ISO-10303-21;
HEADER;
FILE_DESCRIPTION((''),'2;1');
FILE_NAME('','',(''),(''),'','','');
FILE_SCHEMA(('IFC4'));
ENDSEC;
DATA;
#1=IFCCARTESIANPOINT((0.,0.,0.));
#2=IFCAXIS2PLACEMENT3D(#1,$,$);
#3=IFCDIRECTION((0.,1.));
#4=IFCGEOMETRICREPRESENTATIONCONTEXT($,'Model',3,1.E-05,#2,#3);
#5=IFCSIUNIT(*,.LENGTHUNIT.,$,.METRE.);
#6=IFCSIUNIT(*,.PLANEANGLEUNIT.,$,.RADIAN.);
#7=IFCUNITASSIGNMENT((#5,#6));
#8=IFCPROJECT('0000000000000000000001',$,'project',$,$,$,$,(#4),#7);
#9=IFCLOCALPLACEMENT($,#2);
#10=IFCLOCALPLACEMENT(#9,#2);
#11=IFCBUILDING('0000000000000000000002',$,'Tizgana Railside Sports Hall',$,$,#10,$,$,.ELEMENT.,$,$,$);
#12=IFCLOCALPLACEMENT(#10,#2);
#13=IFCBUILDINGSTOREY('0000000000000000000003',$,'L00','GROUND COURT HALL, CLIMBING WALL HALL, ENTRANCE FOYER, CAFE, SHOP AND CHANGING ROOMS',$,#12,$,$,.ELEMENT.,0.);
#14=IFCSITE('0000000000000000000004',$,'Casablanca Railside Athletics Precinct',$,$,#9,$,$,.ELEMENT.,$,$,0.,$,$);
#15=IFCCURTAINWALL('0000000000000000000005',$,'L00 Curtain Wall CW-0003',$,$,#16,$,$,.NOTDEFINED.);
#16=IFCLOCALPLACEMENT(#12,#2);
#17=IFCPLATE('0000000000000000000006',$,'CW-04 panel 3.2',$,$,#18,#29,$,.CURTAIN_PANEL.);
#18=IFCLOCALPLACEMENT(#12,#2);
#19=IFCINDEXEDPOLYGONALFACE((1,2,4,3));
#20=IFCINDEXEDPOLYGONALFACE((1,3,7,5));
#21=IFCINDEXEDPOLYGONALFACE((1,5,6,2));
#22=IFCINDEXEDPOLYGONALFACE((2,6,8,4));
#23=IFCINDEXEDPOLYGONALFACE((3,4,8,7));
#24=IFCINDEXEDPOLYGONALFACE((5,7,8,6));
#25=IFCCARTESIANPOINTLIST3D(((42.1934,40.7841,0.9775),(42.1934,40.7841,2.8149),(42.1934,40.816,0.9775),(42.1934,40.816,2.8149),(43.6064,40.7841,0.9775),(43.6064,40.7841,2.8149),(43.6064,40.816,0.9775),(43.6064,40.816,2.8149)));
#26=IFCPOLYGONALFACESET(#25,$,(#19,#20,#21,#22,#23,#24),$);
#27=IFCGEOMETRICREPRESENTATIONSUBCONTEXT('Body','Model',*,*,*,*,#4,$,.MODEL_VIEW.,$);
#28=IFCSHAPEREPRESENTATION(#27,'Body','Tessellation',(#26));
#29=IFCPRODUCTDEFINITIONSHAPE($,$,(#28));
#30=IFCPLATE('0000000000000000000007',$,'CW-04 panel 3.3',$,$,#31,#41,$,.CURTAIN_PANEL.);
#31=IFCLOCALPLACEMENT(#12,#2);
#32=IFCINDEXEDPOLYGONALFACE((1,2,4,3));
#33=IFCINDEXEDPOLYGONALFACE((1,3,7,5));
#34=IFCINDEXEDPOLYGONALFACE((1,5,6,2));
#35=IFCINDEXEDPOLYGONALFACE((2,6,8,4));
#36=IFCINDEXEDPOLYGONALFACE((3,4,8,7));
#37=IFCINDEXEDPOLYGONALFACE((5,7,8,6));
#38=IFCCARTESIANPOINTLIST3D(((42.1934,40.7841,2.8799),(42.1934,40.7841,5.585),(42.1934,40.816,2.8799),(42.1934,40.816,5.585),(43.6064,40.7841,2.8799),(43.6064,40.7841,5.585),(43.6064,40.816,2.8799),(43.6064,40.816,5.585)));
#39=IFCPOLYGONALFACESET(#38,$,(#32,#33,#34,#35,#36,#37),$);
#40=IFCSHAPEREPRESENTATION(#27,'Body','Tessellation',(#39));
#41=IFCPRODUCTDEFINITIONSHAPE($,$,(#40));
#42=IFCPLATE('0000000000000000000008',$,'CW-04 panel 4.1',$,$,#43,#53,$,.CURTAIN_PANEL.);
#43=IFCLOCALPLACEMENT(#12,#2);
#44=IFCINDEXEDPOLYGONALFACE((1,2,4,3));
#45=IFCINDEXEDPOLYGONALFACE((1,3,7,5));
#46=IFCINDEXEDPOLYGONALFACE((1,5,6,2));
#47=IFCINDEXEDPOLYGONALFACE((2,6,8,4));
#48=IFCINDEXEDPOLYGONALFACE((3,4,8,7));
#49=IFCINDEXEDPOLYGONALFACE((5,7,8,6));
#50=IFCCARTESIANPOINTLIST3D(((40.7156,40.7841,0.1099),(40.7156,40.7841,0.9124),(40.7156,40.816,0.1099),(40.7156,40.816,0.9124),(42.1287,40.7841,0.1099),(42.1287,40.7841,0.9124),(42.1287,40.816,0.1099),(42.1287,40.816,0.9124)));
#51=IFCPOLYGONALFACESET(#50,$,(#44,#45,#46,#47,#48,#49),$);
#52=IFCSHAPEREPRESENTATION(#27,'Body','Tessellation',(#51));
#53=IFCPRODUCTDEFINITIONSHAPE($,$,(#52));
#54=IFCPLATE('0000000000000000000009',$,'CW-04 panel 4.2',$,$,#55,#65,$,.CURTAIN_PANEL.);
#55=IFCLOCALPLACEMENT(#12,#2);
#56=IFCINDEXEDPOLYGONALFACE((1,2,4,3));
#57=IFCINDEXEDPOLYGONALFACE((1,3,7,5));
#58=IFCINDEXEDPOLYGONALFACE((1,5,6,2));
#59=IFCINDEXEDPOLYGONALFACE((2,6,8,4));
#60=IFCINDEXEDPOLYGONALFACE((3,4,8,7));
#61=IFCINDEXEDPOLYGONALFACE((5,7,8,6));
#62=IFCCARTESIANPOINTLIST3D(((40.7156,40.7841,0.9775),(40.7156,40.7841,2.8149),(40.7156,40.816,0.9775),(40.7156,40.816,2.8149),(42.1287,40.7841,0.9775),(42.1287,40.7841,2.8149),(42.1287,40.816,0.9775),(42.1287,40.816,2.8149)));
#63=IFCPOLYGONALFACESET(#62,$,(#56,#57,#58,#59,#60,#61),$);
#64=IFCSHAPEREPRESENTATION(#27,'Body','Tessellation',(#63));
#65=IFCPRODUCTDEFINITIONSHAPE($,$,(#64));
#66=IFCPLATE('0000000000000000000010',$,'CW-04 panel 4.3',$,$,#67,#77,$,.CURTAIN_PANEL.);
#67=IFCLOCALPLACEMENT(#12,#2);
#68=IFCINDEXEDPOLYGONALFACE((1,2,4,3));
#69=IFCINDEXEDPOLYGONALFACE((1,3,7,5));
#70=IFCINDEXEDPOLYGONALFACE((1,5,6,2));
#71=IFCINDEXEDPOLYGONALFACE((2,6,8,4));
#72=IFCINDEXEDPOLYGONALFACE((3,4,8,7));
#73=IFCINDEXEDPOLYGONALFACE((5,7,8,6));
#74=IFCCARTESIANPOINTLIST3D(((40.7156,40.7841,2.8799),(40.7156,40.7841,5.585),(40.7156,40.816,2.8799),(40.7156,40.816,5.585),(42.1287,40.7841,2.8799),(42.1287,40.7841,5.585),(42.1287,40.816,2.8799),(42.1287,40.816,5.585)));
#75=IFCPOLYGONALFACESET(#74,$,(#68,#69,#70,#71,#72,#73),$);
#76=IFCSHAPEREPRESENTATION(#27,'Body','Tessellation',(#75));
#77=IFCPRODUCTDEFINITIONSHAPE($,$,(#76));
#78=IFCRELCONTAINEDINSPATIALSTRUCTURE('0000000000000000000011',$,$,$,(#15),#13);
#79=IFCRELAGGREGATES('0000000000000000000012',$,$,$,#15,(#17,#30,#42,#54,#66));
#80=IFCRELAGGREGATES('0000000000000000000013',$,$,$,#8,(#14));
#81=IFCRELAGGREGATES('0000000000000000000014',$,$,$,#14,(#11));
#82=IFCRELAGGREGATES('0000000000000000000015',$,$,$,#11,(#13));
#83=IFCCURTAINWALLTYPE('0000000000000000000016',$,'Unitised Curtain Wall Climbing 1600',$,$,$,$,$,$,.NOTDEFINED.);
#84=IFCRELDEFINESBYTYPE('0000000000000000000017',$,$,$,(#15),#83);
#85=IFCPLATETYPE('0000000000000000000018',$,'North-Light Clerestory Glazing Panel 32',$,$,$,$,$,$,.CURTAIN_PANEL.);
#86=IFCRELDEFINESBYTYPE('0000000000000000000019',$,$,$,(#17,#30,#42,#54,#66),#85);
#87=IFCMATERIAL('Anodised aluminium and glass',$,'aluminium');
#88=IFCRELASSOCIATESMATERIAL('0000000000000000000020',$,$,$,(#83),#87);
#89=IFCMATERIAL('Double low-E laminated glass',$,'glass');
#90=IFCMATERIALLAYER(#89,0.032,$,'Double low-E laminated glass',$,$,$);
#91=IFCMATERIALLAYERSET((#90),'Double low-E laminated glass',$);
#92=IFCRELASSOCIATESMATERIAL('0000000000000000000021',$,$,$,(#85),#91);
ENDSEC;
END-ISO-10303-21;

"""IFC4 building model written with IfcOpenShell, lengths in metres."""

from ifc_helpers import new_model, si_unit, direction, frame, origin, origin_2d, place, context, subcontext, project, spatial, rectangle, extrude, material, layer, layer_set, type_object, element, aggregate, save


model = new_model("IFC4")

# Units and contexts
model_context = context("Model", 3, precision=1e-05, world=origin(), true_north=direction((0.0, 1.0)))
body_context = subcontext(model_context, "Body", "Model", "MODEL_VIEW")
ifc_project = project(units=[si_unit("LENGTHUNIT", "METRE"), si_unit("PLANEANGLEUNIT", "RADIAN")], contexts=[model_context])

# Site, building, storey
site_placement = place(None, origin())
site = spatial("IfcSite", under=ifc_project, at=site_placement, Name="Casablanca Railside Athletics Precinct", CompositionType="ELEMENT", RefElevation=0.0)
building_placement = place(site_placement, origin())
building = spatial("IfcBuilding", under=site, at=building_placement, Name="Tizgana Railside Sports Hall", CompositionType="ELEMENT")
storey_placement = place(building_placement, origin())
storey = spatial("IfcBuildingStorey", under=building, at=storey_placement, Name="L00", Description="GROUND COURT HALL, CLIMBING WALL HALL, ENTRANCE FOYER, CAFE, SHOP AND CHANGING ROOMS", CompositionType="ELEMENT", Elevation=0.0)

# Curtain wall
ifc_material_1 = material(Name="Anodised aluminium and glass", Category="aluminium")
curtain_wall_type = type_object("IfcCurtainWallType", Name="Unitised Curtain Wall Climbing 1600", PredefinedType="NOTDEFINED", material=ifc_material_1)
curtain_wall_placement = place(storey_placement, origin())
curtain_wall = element("IfcCurtainWall", 1, at=curtain_wall_placement, inside=storey, type_object=curtain_wall_type, Name="L00 Curtain Wall CW-0003", PredefinedType="NOTDEFINED")

# Plates
ifc_material_2 = material(Name="Double low-E laminated glass", Category="glass")
ifc_layer = layer(ifc_material_2, 0.032, Name="Double low-E laminated glass")
ifc_layer_set = layer_set([ifc_layer], Name="Double low-E laminated glass")
plate_type = type_object("IfcPlateType", Name="North-Light Clerestory Glazing Panel 32", PredefinedType="CURTAIN_PANEL", material=ifc_layer_set)
plate_1_placement = place(storey_placement, frame((42.8999, 40.8, 0.9775), z_axis=(0.0, 0.0, 1.0), x_axis=(-1.0, 0.0, 0.0)))
plate_1 = element("IfcPlate", 2, at=plate_1_placement, type_object=plate_type, Name="CW-04 panel 3.2", PredefinedType="CURTAIN_PANEL", context=body_context, shape_type="SweptSolid", body=[
    extrude(rectangle(XDim=1.4131, YDim=0.032, at=origin_2d()), origin(), (0.0, 0.0, 1.0), 1.8374),
])
plate_2_placement = place(storey_placement, frame((42.8999, 40.8, 2.8799), z_axis=(0.0, 0.0, 1.0), x_axis=(-1.0, 0.0, 0.0)))
plate_2 = element("IfcPlate", 3, at=plate_2_placement, type_object=plate_type, Name="CW-04 panel 3.3", PredefinedType="CURTAIN_PANEL", context=body_context, shape_type="SweptSolid", body=[
    extrude(rectangle(XDim=1.4131, YDim=0.032, at=origin_2d()), origin(), (0.0, 0.0, 1.0), 2.7051),
])
plate_3_placement = place(storey_placement, frame((41.4221, 40.8, 0.1099), z_axis=(0.0, 0.0, 1.0), x_axis=(-1.0, 0.0, 0.0)))
plate_3 = element("IfcPlate", 4, at=plate_3_placement, type_object=plate_type, Name="CW-04 panel 4.1", PredefinedType="CURTAIN_PANEL", context=body_context, shape_type="SweptSolid", body=[
    extrude(rectangle(XDim=1.4131, YDim=0.032, at=origin_2d()), origin(), (0.0, 0.0, 1.0), 0.8025),
])
plate_4_placement = place(storey_placement, frame((41.4221, 40.8, 0.9775), z_axis=(0.0, 0.0, 1.0), x_axis=(-1.0, 0.0, 0.0)))
plate_4 = element("IfcPlate", 5, at=plate_4_placement, type_object=plate_type, Name="CW-04 panel 4.2", PredefinedType="CURTAIN_PANEL", context=body_context, shape_type="SweptSolid", body=[
    extrude(rectangle(XDim=1.4131, YDim=0.032, at=origin_2d()), origin(), (0.0, 0.0, 1.0), 1.8374),
])
plate_5_placement = place(storey_placement, frame((41.4221, 40.8, 2.8799), z_axis=(0.0, 0.0, 1.0), x_axis=(-1.0, 0.0, 0.0)))
plate_5 = element("IfcPlate", 6, at=plate_5_placement, type_object=plate_type, Name="CW-04 panel 4.3", PredefinedType="CURTAIN_PANEL", context=body_context, shape_type="SweptSolid", body=[
    extrude(rectangle(XDim=1.4131, YDim=0.032, at=origin_2d()), origin(), (0.0, 0.0, 1.0), 2.7051),
])
aggregate(curtain_wall, [plate_1, plate_2, plate_3, plate_4, plate_5])

save(model, "model.ifc")
